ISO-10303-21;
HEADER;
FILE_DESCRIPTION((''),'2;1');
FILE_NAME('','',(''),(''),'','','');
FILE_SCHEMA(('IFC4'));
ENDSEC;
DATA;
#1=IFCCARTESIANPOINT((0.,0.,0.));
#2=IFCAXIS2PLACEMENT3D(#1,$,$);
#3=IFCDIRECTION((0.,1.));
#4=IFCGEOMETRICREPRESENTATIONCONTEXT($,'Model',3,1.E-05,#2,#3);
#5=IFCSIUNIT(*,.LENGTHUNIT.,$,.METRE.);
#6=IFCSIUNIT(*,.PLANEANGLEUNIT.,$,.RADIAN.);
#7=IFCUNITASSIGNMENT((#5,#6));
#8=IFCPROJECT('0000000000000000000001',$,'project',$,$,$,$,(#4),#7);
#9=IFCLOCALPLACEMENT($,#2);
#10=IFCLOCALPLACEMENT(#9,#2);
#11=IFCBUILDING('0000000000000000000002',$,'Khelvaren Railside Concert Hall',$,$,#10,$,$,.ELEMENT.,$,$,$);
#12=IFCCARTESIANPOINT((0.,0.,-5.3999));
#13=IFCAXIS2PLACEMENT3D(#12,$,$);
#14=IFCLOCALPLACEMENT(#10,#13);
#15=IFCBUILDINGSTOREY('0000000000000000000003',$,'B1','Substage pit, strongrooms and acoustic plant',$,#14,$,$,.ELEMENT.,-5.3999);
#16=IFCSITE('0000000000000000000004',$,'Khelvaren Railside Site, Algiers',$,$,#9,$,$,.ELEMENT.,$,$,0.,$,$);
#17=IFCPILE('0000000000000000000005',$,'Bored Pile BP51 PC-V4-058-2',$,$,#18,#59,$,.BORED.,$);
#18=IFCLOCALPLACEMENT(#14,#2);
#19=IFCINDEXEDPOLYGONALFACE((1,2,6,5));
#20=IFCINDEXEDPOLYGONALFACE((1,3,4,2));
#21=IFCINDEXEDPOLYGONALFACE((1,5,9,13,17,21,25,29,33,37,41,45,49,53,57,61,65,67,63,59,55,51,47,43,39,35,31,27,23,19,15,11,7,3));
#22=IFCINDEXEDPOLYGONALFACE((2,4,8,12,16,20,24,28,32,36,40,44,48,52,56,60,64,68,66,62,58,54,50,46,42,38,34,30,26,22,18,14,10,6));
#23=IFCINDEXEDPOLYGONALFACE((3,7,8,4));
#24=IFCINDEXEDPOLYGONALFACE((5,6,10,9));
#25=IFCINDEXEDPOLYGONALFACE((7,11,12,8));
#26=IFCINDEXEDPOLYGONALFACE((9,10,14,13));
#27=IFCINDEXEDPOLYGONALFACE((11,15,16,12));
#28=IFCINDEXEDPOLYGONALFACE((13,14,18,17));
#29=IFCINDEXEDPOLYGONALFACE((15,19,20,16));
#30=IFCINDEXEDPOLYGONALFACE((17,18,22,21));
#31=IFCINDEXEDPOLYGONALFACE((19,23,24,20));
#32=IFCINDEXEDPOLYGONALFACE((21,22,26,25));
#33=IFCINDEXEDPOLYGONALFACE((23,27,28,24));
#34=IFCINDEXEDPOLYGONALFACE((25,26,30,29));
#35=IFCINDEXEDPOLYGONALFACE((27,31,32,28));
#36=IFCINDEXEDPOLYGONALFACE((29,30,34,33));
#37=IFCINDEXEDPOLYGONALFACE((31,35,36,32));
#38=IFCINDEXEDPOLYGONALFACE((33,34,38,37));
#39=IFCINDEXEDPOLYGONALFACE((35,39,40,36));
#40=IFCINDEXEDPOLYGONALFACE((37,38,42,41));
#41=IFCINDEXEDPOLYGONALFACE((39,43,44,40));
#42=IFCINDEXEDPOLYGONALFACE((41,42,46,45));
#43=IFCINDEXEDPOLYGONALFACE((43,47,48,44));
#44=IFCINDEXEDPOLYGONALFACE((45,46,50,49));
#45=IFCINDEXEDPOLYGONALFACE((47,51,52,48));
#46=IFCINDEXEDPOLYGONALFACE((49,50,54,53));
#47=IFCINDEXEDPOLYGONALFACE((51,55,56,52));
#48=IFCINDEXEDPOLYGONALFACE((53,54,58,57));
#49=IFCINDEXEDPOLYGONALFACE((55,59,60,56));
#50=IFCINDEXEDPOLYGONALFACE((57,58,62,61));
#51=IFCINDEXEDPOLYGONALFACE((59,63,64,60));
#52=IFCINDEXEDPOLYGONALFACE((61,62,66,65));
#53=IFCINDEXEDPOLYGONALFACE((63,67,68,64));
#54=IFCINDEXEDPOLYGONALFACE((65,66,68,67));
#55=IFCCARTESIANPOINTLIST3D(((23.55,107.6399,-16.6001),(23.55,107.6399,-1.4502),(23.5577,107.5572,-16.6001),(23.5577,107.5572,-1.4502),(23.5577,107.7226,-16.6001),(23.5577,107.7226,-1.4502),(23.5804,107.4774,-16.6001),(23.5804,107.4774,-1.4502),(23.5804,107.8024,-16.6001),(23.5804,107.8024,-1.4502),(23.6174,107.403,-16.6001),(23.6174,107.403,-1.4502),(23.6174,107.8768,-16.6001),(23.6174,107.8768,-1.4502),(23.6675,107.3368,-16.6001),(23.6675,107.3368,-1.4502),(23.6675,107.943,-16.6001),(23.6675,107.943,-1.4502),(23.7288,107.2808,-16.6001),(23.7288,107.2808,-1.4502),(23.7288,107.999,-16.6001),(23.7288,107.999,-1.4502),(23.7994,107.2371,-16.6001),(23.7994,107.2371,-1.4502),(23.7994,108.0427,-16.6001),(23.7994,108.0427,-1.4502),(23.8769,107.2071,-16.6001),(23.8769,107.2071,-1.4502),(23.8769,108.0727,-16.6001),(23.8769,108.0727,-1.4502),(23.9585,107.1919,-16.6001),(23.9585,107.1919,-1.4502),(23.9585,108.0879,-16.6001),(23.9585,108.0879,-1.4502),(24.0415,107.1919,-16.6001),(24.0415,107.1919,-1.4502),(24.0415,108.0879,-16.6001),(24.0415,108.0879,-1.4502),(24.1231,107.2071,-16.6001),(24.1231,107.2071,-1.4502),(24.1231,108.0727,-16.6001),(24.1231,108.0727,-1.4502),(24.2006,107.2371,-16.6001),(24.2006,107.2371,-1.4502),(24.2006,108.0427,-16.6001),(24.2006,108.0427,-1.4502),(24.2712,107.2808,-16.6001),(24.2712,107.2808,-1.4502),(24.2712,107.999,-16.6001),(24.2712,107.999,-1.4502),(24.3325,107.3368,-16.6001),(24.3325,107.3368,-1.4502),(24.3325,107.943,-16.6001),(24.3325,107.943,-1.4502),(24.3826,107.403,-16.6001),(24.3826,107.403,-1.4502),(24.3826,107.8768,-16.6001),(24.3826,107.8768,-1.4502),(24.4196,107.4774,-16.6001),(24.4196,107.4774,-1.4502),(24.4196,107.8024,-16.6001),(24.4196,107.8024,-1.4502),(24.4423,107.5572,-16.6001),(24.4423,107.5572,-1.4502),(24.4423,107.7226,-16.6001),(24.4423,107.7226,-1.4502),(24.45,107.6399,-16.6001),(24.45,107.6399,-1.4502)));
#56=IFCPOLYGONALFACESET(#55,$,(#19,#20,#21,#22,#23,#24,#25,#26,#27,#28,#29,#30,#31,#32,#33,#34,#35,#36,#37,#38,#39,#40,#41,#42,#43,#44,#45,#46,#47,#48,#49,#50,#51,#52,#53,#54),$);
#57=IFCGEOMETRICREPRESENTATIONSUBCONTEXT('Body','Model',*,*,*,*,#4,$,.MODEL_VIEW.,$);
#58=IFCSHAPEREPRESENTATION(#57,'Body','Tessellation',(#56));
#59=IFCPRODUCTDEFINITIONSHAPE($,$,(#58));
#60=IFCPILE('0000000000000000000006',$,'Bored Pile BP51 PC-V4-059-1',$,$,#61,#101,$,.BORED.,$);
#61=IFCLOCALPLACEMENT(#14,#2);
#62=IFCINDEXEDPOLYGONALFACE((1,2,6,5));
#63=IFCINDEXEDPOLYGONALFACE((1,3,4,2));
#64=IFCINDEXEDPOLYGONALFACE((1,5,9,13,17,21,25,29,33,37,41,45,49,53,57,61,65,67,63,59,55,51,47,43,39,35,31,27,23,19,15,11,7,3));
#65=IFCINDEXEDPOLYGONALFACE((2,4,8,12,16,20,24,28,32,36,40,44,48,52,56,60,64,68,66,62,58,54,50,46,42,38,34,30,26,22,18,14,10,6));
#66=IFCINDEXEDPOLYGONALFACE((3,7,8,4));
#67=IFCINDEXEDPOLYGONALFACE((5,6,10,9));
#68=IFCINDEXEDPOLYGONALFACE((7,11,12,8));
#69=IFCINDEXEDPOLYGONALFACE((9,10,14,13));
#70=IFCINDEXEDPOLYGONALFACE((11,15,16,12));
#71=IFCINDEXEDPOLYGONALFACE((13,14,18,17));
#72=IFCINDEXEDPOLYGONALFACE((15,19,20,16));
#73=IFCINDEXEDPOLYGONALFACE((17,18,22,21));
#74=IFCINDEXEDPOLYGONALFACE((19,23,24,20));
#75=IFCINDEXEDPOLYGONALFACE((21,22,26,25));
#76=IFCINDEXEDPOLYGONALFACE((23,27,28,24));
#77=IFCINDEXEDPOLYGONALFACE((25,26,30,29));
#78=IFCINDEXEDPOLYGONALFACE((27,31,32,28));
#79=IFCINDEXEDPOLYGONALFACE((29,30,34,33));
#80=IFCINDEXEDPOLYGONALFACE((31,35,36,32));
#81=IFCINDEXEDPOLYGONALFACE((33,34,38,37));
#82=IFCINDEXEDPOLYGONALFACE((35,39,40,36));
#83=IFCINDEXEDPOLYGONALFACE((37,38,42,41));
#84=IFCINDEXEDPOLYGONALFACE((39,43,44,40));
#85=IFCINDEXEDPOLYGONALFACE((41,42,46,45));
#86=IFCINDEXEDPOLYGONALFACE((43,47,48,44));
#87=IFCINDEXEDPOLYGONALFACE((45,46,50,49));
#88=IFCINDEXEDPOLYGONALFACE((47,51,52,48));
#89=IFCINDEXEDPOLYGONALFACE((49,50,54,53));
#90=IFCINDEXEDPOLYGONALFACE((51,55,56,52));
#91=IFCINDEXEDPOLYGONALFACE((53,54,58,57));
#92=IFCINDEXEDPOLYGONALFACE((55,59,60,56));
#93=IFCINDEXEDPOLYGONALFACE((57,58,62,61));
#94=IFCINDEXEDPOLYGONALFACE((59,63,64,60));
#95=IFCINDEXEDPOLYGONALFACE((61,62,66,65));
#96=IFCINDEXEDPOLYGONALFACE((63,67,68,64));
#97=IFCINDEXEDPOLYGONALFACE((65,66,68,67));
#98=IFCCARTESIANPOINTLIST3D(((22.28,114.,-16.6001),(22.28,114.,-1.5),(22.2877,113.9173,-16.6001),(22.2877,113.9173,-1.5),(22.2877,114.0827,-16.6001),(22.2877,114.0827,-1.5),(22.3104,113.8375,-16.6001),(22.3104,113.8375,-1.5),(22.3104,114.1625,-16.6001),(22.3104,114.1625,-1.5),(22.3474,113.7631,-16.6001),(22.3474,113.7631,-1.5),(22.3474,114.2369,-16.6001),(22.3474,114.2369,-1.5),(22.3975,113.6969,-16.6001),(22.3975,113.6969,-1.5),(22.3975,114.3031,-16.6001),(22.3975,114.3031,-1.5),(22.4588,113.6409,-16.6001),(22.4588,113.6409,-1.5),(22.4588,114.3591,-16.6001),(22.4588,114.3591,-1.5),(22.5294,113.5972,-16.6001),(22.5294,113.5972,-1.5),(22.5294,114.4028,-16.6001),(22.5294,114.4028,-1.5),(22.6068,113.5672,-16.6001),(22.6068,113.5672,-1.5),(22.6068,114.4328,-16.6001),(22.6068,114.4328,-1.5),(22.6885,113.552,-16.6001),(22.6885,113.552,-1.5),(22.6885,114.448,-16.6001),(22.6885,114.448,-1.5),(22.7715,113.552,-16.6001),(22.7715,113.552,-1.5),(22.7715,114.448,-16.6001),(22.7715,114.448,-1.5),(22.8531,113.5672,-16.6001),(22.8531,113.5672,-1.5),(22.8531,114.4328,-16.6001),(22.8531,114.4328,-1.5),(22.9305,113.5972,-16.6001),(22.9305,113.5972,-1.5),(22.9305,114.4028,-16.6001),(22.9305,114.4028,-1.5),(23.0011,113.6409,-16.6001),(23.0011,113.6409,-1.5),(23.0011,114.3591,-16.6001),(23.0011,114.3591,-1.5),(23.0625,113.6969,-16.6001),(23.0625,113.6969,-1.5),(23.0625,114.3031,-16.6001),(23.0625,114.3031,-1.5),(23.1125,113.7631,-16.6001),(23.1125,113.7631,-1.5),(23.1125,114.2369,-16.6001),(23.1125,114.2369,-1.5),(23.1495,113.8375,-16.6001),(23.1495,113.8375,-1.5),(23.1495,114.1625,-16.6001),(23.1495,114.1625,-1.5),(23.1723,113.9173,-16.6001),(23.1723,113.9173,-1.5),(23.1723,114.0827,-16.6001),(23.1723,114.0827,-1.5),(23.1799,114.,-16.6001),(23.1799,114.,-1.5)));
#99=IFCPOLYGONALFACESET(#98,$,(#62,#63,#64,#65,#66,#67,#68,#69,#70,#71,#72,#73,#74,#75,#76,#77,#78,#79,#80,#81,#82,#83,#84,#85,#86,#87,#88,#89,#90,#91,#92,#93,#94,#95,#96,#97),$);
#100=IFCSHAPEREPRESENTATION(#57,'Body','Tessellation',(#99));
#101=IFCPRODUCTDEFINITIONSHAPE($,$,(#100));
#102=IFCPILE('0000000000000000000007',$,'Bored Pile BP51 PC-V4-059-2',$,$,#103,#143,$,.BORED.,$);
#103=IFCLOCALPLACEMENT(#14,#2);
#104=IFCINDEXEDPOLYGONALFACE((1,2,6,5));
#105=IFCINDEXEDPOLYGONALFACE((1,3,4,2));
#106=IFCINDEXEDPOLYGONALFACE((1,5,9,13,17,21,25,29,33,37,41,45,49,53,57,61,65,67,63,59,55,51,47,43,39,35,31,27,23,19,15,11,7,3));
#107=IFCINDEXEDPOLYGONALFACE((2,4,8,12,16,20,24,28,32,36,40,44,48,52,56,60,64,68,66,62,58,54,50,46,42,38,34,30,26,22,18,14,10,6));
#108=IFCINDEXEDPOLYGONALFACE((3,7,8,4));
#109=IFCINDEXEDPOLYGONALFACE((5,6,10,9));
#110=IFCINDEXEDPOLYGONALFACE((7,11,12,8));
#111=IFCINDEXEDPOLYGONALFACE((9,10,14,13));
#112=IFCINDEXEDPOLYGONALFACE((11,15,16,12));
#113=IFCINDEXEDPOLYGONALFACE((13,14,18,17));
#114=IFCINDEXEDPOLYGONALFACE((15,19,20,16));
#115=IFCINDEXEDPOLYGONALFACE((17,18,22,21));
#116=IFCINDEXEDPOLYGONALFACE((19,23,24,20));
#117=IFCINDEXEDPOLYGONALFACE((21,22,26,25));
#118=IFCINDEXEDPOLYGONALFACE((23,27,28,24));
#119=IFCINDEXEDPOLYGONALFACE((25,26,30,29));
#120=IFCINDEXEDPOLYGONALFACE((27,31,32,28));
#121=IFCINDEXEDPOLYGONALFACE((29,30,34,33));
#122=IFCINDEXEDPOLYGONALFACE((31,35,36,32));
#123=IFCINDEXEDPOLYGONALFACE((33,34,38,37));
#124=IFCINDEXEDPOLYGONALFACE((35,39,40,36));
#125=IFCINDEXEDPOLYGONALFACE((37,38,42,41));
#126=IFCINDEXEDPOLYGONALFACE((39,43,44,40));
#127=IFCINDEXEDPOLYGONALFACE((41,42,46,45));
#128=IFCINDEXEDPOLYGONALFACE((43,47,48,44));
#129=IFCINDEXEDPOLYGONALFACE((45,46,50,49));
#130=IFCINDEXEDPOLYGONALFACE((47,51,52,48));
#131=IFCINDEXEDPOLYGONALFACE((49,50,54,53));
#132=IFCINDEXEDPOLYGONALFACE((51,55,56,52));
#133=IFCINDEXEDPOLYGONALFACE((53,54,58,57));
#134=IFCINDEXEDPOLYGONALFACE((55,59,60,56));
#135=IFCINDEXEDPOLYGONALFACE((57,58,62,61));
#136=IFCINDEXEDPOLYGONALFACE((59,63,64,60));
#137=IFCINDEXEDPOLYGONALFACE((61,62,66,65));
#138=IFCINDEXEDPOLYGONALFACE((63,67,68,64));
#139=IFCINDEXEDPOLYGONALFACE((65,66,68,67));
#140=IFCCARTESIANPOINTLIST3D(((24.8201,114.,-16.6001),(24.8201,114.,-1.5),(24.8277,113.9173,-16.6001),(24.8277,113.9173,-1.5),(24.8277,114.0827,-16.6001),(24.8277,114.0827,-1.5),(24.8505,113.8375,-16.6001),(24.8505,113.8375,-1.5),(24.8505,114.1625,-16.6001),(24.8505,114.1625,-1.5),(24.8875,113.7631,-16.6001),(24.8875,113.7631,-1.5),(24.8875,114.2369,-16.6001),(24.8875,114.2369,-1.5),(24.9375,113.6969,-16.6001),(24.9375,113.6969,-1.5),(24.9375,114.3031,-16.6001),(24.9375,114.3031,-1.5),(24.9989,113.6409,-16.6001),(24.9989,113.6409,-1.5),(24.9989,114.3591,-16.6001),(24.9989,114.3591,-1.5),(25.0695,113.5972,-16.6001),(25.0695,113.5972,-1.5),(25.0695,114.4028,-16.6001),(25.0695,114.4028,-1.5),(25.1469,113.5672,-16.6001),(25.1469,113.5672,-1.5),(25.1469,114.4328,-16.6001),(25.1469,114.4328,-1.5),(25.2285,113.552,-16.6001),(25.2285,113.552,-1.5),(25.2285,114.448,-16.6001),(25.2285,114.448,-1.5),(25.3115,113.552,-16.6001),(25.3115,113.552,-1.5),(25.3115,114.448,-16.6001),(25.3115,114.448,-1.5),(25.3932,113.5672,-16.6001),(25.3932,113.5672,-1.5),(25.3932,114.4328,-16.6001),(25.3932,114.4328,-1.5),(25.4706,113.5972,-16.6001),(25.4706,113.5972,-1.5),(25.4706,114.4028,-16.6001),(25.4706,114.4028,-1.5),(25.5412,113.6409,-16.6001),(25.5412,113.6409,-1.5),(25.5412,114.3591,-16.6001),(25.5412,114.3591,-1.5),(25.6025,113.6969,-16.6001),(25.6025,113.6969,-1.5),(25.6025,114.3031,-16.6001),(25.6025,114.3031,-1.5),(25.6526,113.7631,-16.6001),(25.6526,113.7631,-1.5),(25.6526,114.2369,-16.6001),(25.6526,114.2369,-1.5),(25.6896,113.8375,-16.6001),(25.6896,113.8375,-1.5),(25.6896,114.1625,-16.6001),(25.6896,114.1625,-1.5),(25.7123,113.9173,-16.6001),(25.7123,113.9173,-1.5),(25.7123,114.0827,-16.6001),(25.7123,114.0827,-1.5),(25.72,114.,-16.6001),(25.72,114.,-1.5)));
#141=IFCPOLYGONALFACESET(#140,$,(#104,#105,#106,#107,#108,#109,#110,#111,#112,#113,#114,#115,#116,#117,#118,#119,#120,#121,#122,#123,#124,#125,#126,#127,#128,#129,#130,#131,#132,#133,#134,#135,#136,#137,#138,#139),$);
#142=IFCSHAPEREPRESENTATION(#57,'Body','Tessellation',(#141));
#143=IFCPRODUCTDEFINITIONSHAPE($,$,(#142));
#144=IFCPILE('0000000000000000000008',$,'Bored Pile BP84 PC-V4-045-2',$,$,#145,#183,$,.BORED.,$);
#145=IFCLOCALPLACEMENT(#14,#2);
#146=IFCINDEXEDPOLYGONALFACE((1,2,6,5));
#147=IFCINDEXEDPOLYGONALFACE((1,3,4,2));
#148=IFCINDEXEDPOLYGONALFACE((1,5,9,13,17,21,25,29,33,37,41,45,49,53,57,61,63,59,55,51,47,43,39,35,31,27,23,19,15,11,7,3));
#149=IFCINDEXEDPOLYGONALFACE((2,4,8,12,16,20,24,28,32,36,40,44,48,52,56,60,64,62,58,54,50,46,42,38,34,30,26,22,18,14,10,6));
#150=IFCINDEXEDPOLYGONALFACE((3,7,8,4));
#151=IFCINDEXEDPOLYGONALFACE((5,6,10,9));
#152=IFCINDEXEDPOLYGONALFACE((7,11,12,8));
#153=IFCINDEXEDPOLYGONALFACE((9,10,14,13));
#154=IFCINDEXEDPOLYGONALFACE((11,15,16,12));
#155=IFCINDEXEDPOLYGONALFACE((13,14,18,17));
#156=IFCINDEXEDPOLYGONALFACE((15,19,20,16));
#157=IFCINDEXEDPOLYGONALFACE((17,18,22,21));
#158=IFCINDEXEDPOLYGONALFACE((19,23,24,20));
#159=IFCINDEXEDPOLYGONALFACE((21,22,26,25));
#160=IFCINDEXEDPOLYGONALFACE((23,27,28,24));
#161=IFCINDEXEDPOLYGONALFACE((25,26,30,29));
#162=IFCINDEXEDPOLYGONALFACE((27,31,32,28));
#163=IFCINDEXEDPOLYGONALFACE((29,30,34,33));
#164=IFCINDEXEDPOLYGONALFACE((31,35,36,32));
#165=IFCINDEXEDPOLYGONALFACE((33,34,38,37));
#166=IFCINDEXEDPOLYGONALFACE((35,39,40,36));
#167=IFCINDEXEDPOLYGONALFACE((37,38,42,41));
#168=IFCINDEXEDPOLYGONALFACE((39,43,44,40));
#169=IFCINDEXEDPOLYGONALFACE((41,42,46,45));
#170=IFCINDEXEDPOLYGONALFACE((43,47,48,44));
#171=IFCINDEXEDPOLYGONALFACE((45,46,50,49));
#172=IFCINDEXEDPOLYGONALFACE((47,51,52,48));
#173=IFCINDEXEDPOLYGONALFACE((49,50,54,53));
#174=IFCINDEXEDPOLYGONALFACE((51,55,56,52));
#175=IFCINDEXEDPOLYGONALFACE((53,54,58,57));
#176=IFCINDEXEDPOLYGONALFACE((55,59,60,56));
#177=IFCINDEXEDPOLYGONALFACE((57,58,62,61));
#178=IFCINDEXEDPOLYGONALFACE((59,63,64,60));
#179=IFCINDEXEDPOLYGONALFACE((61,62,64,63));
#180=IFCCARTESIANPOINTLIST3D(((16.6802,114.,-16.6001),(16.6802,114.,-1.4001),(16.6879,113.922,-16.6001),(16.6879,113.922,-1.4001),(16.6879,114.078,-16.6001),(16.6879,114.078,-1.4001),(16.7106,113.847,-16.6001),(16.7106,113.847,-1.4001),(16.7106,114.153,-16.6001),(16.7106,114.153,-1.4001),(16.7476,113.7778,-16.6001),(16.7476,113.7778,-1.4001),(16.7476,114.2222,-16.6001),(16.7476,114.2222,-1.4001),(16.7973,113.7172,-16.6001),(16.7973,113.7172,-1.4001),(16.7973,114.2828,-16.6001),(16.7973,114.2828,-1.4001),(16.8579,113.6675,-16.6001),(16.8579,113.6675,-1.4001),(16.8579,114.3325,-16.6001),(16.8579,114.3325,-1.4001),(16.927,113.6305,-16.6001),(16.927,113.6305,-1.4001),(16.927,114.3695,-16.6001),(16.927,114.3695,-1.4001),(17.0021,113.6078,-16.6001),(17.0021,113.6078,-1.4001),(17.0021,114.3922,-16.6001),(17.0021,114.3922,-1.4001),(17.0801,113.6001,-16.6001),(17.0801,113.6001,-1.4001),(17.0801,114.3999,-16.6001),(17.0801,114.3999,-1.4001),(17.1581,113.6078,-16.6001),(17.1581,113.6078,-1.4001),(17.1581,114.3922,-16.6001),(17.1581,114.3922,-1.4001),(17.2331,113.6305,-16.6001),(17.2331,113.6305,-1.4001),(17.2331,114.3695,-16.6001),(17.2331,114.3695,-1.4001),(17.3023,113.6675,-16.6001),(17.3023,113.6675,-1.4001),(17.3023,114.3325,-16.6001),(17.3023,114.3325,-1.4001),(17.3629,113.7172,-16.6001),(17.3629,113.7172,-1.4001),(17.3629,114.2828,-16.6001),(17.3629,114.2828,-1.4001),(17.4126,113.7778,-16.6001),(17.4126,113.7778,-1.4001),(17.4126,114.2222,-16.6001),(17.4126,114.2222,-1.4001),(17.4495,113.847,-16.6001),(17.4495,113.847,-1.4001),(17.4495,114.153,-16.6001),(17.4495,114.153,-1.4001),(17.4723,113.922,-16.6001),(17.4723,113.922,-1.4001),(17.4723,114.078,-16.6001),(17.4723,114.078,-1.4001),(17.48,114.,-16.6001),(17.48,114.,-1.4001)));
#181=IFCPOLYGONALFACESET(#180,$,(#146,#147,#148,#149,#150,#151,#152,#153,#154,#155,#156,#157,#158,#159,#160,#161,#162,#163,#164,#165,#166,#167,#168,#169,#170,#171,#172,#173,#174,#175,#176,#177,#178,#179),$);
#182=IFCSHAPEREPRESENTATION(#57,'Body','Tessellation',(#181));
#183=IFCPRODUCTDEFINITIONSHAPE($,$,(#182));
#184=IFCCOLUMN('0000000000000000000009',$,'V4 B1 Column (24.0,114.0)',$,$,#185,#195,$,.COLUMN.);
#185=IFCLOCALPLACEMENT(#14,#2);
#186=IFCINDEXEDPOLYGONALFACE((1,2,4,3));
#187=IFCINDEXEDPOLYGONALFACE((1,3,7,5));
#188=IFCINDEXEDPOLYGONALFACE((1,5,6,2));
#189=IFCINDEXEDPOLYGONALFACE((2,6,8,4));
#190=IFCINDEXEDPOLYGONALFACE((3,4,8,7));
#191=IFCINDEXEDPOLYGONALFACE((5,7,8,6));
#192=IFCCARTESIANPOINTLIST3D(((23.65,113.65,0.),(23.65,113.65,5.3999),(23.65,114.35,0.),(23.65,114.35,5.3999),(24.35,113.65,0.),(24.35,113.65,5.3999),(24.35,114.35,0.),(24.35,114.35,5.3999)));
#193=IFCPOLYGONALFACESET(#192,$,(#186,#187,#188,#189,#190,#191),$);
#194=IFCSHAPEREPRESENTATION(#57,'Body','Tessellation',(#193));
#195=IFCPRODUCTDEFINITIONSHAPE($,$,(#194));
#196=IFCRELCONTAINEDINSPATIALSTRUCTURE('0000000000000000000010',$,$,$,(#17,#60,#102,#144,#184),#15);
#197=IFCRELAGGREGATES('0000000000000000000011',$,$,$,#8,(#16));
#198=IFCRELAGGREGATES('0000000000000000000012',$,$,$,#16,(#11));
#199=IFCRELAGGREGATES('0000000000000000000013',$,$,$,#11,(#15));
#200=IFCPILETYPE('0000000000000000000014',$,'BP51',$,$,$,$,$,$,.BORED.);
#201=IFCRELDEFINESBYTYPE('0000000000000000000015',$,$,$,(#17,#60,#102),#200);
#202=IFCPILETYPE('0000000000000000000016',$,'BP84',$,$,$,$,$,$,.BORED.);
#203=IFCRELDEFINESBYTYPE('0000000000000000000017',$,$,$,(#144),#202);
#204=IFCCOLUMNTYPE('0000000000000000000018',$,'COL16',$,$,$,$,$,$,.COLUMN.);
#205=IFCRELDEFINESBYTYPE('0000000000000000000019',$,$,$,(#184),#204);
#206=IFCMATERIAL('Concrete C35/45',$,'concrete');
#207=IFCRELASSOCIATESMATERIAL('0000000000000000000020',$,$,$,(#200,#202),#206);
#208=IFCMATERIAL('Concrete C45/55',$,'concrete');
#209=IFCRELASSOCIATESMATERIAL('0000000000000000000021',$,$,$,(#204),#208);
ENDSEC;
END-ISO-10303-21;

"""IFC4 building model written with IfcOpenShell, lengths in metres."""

from ifc_helpers import new_model, si_unit, direction, frame, origin, origin_2d, place, context, subcontext, project, spatial, rectangle, circle, extrude, material, material_profile, profile_set, type_object, element, save


model = new_model("IFC4")

# Units and contexts
model_context = context("Model", 3, precision=1e-05, world=origin(), true_north=direction((0.0, 1.0)))
body_context = subcontext(model_context, "Body", "Model", "MODEL_VIEW")
ifc_project = project(units=[si_unit("LENGTHUNIT", "METRE"), si_unit("PLANEANGLEUNIT", "RADIAN")], contexts=[model_context])

# Site, building, storey
site_placement = place(None, origin())
site = spatial("IfcSite", under=ifc_project, at=site_placement, Name="Khelvaren Railside Site, Algiers", CompositionType="ELEMENT", RefElevation=0.0)
building_placement = place(site_placement, origin())
building = spatial("IfcBuilding", under=site, at=building_placement, Name="Khelvaren Railside Concert Hall", CompositionType="ELEMENT")
storey_placement = place(building_placement, frame((0.0, 0.0, -5.3999)))
storey = spatial("IfcBuildingStorey", under=building, at=storey_placement, Name="B1", Description="Substage pit, strongrooms and acoustic plant", CompositionType="ELEMENT", Elevation=-5.3999)

# Piles
ifc_material_1 = material(Name="Concrete C35/45", Category="concrete")
ifc_material_profile_1 = material_profile(ifc_material_1, circle(Radius=0.45, at=origin_2d()), Name="BP D900")
ifc_profile_set_1 = profile_set([ifc_material_profile_1], Name="Concrete C35/45")
pile_type_1 = type_object("IfcPileType", Name="BP51", PredefinedType="BORED", material=ifc_profile_set_1)
for number, where, z_axis, x_axis, name in (
    (1, (24.0, 107.6399, -1.4502), (0.0, 0.0, -1.0), (1.0, 0.0, 0.0), "Bored Pile BP51 PC-V4-058-2"),
):
    element("IfcPile", number, at=place(storey_placement, frame(where, z_axis=z_axis, x_axis=x_axis)), inside=storey, type_object=pile_type_1, Name=name, PredefinedType="BORED", context=body_context, shape_type="SweptSolid", body=[
        extrude(circle(Radius=0.45, at=origin_2d()), origin(), (0.0, 0.0, 1.0), 15.1499),
    ])
for number, where, z_axis, x_axis, name in (
    (2, (22.73, 114.0, -1.5), (0.0, 0.0, -1.0), (1.0, 0.0, 0.0), "Bored Pile BP51 PC-V4-059-1"),
    (3, (25.27, 114.0, -1.5), (0.0, 0.0, -1.0), (1.0, 0.0, 0.0), "Bored Pile BP51 PC-V4-059-2"),
):
    element("IfcPile", number, at=place(storey_placement, frame(where, z_axis=z_axis, x_axis=x_axis)), inside=storey, type_object=pile_type_1, Name=name, PredefinedType="BORED", context=body_context, shape_type="SweptSolid", body=[
        extrude(circle(Radius=0.45, at=origin_2d()), origin(), (0.0, 0.0, 1.0), 15.1001),
    ])
ifc_material_profile_2 = material_profile(ifc_material_1, circle(Radius=0.3999, at=origin_2d()), Name="BP D800")
ifc_profile_set_2 = profile_set([ifc_material_profile_2], Name="Concrete C35/45")
pile_type_2 = type_object("IfcPileType", Name="BP84", PredefinedType="BORED", material=ifc_profile_set_2)
pile_1_placement = place(storey_placement, frame((17.0801, 114.0, -1.4001), z_axis=(0.0, 0.0, -1.0), x_axis=(1.0, 0.0, 0.0)))
element("IfcPile", 4, at=pile_1_placement, inside=storey, type_object=pile_type_2, Name="Bored Pile BP84 PC-V4-045-2", PredefinedType="BORED", context=body_context, shape_type="SweptSolid", body=[
    extrude(circle(Radius=0.3999, at=origin_2d()), origin(), (0.0, 0.0, 1.0), 15.2),
])

# Column
ifc_material_2 = material(Name="Concrete C45/55", Category="concrete")
ifc_material_profile_3 = material_profile(ifc_material_2, rectangle(XDim=0.7, YDim=0.7, at=origin_2d()), Name="RC 700x700")
ifc_profile_set_3 = profile_set([ifc_material_profile_3], Name="Concrete C45/55")
column_type_1 = type_object("IfcColumnType", Name="COL16", PredefinedType="COLUMN", material=ifc_profile_set_3)
column_1_placement = place(storey_placement, frame((24.0, 114.0, 0.0), z_axis=(0.0, 0.0, 1.0), x_axis=(1.0, 0.0, 0.0)))
element("IfcColumn", 5, at=column_1_placement, inside=storey, type_object=column_type_1, Name="V4 B1 Column (24.0,114.0)", PredefinedType="COLUMN", context=body_context, shape_type="SweptSolid", body=[
    extrude(rectangle(XDim=0.7, YDim=0.7, at=origin_2d()), origin(), (0.0, 0.0, 1.0), 5.3999),
])

save(model, "model.ifc")
